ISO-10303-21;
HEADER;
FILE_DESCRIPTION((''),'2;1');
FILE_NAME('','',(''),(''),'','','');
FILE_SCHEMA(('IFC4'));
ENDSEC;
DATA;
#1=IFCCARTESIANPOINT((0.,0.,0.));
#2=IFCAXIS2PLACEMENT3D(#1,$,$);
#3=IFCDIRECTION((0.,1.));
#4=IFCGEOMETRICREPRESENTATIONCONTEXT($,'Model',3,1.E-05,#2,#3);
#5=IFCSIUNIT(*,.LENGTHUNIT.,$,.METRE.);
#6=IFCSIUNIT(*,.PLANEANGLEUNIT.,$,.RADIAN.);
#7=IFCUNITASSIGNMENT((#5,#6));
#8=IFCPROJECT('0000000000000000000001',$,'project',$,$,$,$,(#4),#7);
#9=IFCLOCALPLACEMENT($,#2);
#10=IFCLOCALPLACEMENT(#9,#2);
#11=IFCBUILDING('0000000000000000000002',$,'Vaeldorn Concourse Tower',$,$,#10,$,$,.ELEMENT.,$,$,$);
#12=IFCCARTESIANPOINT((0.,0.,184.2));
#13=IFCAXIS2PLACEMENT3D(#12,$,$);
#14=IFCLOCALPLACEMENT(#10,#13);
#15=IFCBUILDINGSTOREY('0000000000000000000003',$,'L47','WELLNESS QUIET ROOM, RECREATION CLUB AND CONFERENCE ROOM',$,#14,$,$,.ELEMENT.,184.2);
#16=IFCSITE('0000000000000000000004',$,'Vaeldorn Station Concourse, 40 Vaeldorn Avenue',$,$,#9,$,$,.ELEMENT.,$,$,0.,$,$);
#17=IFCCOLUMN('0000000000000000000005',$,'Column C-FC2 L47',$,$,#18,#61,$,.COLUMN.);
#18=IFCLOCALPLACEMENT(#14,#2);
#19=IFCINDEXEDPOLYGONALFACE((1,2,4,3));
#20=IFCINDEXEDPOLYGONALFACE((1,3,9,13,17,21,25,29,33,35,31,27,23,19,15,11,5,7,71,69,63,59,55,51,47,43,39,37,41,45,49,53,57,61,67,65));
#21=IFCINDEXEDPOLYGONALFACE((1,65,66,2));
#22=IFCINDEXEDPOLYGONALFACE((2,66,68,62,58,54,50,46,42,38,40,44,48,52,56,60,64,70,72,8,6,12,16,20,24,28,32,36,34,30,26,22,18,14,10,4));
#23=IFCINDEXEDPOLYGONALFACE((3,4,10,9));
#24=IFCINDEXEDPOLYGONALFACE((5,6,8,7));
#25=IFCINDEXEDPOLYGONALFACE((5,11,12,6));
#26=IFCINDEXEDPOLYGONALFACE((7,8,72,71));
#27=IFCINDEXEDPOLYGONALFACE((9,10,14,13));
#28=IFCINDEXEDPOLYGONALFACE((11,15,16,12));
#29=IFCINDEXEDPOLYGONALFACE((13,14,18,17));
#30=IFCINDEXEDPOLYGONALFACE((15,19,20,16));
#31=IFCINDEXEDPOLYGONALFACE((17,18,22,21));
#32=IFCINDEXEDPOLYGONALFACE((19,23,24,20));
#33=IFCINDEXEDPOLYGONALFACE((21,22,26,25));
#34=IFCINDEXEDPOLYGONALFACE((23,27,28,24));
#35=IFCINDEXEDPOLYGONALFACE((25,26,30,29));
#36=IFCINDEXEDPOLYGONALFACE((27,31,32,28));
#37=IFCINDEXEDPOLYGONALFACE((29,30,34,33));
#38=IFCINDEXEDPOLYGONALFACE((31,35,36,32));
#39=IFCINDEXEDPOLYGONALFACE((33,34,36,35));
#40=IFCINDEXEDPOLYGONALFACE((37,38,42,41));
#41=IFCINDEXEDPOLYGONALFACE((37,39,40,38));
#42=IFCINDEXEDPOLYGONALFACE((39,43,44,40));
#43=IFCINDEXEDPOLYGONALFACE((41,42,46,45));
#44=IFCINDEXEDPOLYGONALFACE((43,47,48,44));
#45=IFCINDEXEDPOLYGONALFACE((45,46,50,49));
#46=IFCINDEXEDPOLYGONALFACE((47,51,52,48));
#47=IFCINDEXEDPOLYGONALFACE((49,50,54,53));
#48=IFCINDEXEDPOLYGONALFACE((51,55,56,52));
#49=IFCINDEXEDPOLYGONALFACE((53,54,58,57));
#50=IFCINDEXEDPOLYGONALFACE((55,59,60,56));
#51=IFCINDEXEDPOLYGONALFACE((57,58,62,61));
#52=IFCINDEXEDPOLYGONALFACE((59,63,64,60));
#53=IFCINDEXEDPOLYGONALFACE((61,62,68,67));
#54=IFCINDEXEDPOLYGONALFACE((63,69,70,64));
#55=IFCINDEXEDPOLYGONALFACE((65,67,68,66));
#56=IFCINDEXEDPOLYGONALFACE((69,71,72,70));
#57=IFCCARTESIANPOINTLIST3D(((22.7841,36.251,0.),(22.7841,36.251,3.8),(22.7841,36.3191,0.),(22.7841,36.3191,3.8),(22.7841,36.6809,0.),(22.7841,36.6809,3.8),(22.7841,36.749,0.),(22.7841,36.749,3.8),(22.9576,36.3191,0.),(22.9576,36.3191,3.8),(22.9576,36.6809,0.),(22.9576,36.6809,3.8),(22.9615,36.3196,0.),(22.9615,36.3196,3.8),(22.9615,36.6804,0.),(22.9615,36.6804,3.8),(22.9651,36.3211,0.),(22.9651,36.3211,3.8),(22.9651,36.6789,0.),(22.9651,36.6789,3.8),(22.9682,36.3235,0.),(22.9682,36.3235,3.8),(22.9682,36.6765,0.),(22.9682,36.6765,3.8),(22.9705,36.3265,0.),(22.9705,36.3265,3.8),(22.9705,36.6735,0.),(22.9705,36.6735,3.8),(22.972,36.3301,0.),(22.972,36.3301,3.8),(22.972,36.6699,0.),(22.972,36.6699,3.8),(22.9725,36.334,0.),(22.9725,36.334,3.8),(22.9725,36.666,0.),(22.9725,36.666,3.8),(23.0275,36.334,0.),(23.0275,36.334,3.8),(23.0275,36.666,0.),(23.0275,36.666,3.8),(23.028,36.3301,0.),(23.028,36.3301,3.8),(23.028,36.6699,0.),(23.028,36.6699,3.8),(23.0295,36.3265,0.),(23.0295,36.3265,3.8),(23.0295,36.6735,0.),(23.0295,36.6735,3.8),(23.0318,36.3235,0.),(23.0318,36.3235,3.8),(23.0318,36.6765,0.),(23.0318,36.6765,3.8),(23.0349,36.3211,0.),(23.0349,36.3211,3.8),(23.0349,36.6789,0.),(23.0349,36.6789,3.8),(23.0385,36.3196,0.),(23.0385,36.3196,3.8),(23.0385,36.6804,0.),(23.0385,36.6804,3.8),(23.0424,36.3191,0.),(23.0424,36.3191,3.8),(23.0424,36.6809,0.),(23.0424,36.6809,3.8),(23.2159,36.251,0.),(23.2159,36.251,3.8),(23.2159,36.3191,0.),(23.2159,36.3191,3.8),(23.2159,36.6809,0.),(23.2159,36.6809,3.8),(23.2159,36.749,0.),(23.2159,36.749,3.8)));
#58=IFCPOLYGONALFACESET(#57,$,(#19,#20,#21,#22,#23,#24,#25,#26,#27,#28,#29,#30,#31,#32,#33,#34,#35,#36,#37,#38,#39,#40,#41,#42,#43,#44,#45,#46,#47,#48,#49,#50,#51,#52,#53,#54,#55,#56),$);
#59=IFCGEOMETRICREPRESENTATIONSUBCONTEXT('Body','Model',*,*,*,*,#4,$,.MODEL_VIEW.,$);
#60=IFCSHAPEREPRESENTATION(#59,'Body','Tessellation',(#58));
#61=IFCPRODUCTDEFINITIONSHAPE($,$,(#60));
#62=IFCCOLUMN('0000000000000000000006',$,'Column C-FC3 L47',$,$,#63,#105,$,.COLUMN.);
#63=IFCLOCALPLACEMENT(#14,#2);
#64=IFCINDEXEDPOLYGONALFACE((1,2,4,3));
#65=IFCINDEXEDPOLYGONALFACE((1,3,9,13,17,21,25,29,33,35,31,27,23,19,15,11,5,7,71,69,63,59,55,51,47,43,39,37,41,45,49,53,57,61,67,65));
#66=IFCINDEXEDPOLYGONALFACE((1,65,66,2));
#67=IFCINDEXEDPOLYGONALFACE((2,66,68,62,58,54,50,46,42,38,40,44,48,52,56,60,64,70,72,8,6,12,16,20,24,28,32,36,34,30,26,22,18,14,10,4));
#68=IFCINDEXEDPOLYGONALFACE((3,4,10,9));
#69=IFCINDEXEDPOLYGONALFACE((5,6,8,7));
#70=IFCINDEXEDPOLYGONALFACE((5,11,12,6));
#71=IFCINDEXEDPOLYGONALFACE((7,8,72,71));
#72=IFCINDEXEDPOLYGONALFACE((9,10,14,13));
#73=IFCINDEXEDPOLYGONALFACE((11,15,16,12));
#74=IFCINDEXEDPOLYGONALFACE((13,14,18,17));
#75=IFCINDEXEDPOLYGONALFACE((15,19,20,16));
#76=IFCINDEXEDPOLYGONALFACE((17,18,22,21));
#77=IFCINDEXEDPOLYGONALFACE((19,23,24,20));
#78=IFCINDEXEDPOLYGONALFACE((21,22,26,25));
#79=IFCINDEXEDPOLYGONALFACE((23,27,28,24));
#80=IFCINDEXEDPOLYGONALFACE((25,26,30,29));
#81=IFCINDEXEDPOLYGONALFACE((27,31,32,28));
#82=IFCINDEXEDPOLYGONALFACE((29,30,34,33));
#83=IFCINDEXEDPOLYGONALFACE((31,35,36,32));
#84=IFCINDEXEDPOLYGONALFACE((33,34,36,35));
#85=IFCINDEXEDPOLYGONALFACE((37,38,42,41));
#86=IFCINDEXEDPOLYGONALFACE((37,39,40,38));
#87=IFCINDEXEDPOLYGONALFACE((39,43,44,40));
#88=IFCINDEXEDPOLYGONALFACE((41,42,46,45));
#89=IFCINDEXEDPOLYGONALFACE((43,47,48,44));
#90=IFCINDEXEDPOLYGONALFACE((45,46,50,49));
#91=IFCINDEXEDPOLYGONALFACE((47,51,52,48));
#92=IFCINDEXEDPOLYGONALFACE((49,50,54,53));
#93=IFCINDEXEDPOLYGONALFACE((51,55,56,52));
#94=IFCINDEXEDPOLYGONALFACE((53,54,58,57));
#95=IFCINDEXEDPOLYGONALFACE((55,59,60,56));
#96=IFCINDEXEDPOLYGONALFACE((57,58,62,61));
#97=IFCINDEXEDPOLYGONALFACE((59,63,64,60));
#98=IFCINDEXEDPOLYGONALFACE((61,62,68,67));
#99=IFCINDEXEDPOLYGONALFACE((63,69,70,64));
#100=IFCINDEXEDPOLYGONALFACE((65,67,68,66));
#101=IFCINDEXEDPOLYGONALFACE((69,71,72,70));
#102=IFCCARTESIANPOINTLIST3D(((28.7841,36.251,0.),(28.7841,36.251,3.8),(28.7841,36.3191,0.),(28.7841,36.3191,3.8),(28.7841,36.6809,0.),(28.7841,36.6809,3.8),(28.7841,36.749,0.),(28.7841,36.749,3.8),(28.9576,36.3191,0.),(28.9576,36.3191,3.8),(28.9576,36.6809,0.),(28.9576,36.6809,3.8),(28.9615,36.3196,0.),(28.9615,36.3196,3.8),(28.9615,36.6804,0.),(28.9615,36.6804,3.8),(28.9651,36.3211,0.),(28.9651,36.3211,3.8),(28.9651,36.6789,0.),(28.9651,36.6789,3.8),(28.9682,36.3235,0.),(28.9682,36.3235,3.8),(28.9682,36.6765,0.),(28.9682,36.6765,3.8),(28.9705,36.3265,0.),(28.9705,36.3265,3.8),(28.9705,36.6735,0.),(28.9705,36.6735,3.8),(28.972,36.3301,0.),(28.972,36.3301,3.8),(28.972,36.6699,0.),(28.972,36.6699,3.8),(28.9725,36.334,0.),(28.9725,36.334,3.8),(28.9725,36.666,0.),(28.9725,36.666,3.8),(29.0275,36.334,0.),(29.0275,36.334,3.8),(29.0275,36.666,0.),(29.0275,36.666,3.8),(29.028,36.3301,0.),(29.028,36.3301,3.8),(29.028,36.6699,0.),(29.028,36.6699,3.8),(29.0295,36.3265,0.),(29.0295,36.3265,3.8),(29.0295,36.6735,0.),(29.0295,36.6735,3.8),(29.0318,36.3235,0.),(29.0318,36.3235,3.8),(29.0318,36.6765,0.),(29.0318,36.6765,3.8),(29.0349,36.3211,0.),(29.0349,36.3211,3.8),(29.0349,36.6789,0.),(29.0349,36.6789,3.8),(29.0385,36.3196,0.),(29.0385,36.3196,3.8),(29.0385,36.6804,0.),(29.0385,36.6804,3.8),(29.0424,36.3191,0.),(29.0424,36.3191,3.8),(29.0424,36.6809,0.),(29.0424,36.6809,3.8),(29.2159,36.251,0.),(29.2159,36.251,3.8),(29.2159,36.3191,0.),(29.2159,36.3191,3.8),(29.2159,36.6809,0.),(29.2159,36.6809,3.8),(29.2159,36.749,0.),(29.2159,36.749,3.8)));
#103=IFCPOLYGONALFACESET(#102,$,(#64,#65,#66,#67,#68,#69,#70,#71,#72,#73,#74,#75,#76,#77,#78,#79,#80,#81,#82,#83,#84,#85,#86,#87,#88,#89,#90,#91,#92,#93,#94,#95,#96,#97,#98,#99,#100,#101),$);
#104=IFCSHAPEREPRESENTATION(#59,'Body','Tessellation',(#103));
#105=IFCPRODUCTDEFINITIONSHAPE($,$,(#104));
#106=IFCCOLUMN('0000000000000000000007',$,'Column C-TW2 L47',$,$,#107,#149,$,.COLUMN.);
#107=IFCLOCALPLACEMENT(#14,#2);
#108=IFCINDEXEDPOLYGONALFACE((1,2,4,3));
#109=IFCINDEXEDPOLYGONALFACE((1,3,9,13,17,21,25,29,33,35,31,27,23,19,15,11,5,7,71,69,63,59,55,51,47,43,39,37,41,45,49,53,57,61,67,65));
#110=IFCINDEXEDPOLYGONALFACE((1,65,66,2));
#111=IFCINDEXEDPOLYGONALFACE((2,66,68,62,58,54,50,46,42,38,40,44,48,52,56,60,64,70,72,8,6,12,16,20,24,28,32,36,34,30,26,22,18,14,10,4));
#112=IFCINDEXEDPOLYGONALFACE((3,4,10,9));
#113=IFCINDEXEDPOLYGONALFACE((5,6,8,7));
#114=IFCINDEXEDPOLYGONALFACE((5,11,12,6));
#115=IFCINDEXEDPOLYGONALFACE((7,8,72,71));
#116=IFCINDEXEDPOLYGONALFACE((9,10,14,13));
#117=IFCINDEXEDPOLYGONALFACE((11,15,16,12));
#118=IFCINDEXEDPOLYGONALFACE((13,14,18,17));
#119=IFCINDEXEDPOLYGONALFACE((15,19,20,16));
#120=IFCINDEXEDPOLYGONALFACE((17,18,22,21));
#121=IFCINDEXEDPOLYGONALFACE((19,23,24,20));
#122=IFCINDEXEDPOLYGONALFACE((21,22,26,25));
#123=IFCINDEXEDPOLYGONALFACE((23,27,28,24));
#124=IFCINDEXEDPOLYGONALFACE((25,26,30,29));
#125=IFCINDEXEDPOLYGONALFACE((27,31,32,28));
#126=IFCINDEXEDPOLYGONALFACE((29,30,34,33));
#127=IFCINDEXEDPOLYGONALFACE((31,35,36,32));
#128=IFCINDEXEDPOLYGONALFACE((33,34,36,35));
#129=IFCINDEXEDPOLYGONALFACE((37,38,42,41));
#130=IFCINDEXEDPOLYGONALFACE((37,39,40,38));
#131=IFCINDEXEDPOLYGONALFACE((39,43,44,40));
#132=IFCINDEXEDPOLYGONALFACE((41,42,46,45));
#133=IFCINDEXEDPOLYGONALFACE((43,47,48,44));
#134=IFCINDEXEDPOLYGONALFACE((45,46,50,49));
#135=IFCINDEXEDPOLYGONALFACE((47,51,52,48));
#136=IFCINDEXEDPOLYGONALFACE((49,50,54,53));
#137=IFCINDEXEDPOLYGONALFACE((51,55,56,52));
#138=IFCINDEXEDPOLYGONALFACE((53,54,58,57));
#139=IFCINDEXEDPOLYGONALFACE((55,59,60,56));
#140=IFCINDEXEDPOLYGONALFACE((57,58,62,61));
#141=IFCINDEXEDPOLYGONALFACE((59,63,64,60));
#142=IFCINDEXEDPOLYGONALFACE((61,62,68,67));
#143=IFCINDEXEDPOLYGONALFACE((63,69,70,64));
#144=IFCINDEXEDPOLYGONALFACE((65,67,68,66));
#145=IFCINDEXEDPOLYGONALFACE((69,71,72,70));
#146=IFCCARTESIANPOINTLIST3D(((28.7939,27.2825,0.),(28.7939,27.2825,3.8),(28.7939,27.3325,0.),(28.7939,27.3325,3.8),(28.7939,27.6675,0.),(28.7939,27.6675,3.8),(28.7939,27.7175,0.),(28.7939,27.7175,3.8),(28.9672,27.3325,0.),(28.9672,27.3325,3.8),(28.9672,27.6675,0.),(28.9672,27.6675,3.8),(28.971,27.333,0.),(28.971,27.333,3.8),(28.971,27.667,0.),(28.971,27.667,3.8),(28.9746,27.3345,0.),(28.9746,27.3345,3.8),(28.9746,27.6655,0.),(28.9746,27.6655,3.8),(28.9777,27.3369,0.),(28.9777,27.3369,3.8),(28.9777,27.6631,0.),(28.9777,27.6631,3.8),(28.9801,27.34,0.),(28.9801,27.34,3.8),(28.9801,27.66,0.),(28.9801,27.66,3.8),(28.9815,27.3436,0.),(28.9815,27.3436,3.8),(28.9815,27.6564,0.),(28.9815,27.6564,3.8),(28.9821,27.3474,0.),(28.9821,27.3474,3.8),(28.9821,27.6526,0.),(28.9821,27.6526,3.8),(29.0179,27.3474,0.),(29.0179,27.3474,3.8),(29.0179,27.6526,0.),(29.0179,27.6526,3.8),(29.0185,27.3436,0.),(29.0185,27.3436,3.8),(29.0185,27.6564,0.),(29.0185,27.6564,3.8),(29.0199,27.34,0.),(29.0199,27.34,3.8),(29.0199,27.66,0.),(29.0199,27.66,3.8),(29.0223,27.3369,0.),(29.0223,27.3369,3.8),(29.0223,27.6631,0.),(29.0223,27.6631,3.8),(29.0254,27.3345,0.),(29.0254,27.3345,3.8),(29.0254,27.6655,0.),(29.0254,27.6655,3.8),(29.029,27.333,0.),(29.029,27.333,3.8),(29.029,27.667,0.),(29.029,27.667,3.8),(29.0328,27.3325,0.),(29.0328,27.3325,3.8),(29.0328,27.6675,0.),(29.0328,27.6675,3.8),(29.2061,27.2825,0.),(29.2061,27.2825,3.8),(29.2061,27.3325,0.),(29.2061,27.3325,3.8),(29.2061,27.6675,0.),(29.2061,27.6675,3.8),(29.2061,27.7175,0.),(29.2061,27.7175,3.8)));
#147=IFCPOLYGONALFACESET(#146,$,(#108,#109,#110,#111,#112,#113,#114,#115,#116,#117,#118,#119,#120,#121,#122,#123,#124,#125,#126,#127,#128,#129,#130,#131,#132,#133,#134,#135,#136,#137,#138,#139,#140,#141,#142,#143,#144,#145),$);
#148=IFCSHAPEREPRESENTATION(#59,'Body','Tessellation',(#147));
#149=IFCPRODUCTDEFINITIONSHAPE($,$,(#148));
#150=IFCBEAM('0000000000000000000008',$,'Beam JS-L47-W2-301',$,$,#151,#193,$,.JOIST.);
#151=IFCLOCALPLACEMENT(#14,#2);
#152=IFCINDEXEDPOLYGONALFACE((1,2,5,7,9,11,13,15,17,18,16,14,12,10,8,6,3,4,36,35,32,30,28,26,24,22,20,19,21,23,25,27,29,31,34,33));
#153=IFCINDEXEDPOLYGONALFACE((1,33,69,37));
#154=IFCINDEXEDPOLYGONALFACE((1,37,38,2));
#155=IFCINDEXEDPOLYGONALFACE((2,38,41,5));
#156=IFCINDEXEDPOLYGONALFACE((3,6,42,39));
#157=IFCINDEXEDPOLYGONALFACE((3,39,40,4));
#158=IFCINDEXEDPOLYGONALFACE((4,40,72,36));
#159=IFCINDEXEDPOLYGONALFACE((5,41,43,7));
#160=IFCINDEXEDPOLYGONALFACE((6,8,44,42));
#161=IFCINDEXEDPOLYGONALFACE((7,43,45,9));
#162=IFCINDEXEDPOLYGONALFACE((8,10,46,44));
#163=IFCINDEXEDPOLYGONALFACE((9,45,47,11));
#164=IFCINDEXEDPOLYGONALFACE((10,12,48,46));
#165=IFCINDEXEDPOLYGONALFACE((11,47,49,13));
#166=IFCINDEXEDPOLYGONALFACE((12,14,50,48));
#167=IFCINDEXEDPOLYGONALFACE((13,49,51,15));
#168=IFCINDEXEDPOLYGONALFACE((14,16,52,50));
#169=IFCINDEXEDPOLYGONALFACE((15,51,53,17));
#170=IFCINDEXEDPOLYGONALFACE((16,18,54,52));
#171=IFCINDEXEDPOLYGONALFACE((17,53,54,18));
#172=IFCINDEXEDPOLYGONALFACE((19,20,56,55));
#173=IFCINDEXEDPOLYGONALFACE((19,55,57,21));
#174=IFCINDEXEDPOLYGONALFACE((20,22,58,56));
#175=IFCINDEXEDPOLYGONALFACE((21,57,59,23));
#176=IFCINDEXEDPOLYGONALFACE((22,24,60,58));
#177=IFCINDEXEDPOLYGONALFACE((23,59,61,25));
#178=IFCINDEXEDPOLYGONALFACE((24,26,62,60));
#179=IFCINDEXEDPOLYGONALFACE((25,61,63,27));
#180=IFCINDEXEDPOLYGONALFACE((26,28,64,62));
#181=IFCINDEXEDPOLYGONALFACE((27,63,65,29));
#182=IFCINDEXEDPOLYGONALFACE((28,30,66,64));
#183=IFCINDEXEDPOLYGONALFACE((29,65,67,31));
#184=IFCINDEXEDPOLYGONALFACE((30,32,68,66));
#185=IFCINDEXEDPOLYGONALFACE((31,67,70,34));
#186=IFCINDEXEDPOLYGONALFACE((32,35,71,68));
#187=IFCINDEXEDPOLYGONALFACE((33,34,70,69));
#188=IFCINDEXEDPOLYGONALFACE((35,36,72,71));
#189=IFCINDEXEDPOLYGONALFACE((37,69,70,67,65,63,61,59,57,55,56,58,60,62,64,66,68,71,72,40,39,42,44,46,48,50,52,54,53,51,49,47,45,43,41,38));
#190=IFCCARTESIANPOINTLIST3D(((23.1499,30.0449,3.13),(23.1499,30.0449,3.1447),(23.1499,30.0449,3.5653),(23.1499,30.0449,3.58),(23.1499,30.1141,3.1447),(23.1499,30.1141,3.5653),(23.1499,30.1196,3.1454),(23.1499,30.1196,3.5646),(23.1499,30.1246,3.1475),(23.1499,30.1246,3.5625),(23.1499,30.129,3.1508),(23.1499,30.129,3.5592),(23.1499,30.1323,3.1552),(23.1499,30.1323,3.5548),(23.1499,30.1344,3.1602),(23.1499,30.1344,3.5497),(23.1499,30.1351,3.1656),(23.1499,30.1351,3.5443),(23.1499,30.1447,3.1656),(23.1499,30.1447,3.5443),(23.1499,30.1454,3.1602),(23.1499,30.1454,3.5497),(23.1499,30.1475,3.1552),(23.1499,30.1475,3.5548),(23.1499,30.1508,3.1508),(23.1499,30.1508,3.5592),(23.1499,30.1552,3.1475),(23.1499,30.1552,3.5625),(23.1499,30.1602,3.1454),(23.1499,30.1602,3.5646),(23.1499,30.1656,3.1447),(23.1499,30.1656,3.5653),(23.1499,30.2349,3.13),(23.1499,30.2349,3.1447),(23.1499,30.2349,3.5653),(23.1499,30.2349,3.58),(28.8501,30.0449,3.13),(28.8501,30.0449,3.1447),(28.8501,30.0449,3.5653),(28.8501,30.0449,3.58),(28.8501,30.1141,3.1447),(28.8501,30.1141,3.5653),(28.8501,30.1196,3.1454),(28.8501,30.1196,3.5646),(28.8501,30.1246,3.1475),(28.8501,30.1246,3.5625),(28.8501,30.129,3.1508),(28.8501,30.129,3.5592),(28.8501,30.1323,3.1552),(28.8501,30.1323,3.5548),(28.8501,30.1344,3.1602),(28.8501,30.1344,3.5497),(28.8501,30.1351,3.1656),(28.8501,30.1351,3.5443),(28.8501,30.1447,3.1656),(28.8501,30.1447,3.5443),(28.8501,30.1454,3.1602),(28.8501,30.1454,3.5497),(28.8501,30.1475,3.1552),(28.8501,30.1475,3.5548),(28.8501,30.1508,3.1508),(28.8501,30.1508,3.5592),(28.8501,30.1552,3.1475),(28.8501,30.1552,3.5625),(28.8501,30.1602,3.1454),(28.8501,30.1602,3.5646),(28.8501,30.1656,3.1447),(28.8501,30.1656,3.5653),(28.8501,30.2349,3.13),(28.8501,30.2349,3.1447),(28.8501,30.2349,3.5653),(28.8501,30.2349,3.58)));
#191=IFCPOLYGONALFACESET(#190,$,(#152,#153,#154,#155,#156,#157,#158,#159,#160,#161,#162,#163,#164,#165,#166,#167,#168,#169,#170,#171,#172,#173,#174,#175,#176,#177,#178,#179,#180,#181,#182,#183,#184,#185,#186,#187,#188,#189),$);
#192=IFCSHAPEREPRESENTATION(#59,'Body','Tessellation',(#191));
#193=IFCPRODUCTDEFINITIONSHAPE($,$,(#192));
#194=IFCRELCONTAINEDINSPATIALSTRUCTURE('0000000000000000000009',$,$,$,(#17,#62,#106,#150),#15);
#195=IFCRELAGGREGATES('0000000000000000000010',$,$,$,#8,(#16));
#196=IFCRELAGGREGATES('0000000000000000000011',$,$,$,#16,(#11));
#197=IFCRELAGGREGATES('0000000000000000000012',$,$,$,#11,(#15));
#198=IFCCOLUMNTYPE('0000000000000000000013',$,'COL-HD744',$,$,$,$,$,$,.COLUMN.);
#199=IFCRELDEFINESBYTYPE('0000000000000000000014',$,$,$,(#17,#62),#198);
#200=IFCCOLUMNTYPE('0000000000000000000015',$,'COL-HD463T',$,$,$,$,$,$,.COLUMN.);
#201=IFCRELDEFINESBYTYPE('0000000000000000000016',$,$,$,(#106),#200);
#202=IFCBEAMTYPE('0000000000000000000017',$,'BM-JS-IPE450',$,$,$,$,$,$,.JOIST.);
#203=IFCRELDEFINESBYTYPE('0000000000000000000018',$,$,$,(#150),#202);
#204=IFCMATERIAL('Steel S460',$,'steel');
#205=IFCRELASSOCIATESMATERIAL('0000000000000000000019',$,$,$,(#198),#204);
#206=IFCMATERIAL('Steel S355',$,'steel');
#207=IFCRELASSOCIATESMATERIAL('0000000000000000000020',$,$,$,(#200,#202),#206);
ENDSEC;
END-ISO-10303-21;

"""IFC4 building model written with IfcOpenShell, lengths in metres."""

from ifc_helpers import new_model, si_unit, direction, frame, origin, origin_2d, place, context, subcontext, project, spatial, i_section, extrude, source, transform, mapped, material, material_profile, profile_set, type_object, element, save


model = new_model("IFC4")

# Units and contexts
model_context = context("Model", 3, precision=1e-05, world=origin(), true_north=direction((0.0, 1.0)))
body_context = subcontext(model_context, "Body", "Model", "MODEL_VIEW")
ifc_project = project(units=[si_unit("LENGTHUNIT", "METRE"), si_unit("PLANEANGLEUNIT", "RADIAN")], contexts=[model_context])

# Site, building, storey
site_placement = place(None, origin())
site = spatial("IfcSite", under=ifc_project, at=site_placement, Name="Vaeldorn Station Concourse, 40 Vaeldorn Avenue", CompositionType="ELEMENT", RefElevation=0.0)
building_placement = place(site_placement, origin())
building = spatial("IfcBuilding", under=site, at=building_placement, Name="Vaeldorn Concourse Tower", CompositionType="ELEMENT")
storey_placement = place(building_placement, frame((0.0, 0.0, 184.2)))
storey = spatial("IfcBuildingStorey", under=building, at=storey_placement, Name="L47", Description="WELLNESS QUIET ROOM, RECREATION CLUB AND CONFERENCE ROOM", CompositionType="ELEMENT", Elevation=184.2)

# Columns
ifc_material_1 = material(Name="Steel S460", Category="steel")
ifc_material_profile_1 = material_profile(ifc_material_1, i_section(OverallWidth=0.4319, OverallDepth=0.498, WebThickness=0.0549, FlangeThickness=0.0681, FilletRadius=0.0149, at=origin_2d()), Name="HD 400x744")
ifc_profile_set_1 = profile_set([ifc_material_profile_1], Name="Steel S460")
column_type_1 = type_object("IfcColumnType", Name="COL-HD744", PredefinedType="COLUMN", material=ifc_profile_set_1)
shared_shape_1 = source(origin(), body_context, "Body", "SweptSolid", [
    extrude(i_section(OverallWidth=0.4319, OverallDepth=0.498, WebThickness=0.0549, FlangeThickness=0.0681, FilletRadius=0.0149, at=origin_2d()), origin(), (0.0, 0.0, 1.0), 3.8),
])
for number, where, z_axis, x_axis, name in (
    (1, (23.0, 36.5, 0.0), (0.0, 0.0, 1.0), (1.0, 0.0, 0.0), "Column C-FC2 L47"),
    (2, (29.0, 36.5, 0.0), (0.0, 0.0, 1.0), (1.0, 0.0, 0.0), "Column C-FC3 L47"),
):
    element("IfcColumn", number, at=place(storey_placement, frame(where, z_axis=z_axis, x_axis=x_axis)), inside=storey, type_object=column_type_1, Name=name, PredefinedType="COLUMN", context=body_context, shape_type="MappedRepresentation", body=[
        mapped(shared_shape_1, transform((0.0, 0.0, 0.0), scale=1.0)),
    ])
ifc_material_2 = material(Name="Steel S355", Category="steel")
ifc_material_profile_2 = material_profile(ifc_material_2, i_section(OverallWidth=0.4121, OverallDepth=0.4351, WebThickness=0.0359, FlangeThickness=0.05, FilletRadius=0.0149, at=origin_2d()), Name="HD 400x463")
ifc_profile_set_2 = profile_set([ifc_material_profile_2], Name="Steel S355")
column_type_2 = type_object("IfcColumnType", Name="COL-HD463T", PredefinedType="COLUMN", material=ifc_profile_set_2)
shared_shape_2 = source(origin(), body_context, "Body", "SweptSolid", [
    extrude(i_section(OverallWidth=0.4121, OverallDepth=0.4351, WebThickness=0.0359, FlangeThickness=0.05, FilletRadius=0.0149, at=origin_2d()), origin(), (0.0, 0.0, 1.0), 3.8),
])
column_placement = place(storey_placement, frame((29.0, 27.5, 0.0), z_axis=(0.0, 0.0, 1.0), x_axis=(1.0, 0.0, 0.0)))
element("IfcColumn", 3, at=column_placement, inside=storey, type_object=column_type_2, Name="Column C-TW2 L47", PredefinedType="COLUMN", context=body_context, shape_type="MappedRepresentation", body=[
    mapped(shared_shape_2, transform((0.0, 0.0, 0.0), scale=1.0)),
])

# Beam
ifc_material_profile_3 = material_profile(ifc_material_2, i_section(OverallWidth=0.1899, OverallDepth=0.45, WebThickness=0.0095, FlangeThickness=0.0146, FilletRadius=0.021, at=origin_2d()), Name="IPE 450")
ifc_profile_set_3 = profile_set([ifc_material_profile_3], Name="Steel S355")
beam_type_1 = type_object("IfcBeamType", Name="BM-JS-IPE450", PredefinedType="JOIST", material=ifc_profile_set_3)
shared_shape_3 = source(origin(), body_context, "Body", "SweptSolid", [
    extrude(i_section(OverallWidth=0.1899, OverallDepth=0.45, WebThickness=0.0095, FlangeThickness=0.0146, FilletRadius=0.021, at=origin_2d()), origin(), (0.0, 0.0, 1.0), 5.7002),
])
for number, where, z_axis, x_axis, name in (
    (4, (23.1499, 30.1399, 3.355), (1.0, 0.0, 0.0), (0.0, 1.0, 0.0), "Beam JS-L47-W2-301"),
):
    element("IfcBeam", number, at=place(storey_placement, frame(where, z_axis=z_axis, x_axis=x_axis)), inside=storey, type_object=beam_type_1, Name=name, PredefinedType="JOIST", context=body_context, shape_type="MappedRepresentation", body=[
        mapped(shared_shape_3, transform((0.0, 0.0, 0.0), scale=1.0)),
    ])

save(model, "model.ifc")
